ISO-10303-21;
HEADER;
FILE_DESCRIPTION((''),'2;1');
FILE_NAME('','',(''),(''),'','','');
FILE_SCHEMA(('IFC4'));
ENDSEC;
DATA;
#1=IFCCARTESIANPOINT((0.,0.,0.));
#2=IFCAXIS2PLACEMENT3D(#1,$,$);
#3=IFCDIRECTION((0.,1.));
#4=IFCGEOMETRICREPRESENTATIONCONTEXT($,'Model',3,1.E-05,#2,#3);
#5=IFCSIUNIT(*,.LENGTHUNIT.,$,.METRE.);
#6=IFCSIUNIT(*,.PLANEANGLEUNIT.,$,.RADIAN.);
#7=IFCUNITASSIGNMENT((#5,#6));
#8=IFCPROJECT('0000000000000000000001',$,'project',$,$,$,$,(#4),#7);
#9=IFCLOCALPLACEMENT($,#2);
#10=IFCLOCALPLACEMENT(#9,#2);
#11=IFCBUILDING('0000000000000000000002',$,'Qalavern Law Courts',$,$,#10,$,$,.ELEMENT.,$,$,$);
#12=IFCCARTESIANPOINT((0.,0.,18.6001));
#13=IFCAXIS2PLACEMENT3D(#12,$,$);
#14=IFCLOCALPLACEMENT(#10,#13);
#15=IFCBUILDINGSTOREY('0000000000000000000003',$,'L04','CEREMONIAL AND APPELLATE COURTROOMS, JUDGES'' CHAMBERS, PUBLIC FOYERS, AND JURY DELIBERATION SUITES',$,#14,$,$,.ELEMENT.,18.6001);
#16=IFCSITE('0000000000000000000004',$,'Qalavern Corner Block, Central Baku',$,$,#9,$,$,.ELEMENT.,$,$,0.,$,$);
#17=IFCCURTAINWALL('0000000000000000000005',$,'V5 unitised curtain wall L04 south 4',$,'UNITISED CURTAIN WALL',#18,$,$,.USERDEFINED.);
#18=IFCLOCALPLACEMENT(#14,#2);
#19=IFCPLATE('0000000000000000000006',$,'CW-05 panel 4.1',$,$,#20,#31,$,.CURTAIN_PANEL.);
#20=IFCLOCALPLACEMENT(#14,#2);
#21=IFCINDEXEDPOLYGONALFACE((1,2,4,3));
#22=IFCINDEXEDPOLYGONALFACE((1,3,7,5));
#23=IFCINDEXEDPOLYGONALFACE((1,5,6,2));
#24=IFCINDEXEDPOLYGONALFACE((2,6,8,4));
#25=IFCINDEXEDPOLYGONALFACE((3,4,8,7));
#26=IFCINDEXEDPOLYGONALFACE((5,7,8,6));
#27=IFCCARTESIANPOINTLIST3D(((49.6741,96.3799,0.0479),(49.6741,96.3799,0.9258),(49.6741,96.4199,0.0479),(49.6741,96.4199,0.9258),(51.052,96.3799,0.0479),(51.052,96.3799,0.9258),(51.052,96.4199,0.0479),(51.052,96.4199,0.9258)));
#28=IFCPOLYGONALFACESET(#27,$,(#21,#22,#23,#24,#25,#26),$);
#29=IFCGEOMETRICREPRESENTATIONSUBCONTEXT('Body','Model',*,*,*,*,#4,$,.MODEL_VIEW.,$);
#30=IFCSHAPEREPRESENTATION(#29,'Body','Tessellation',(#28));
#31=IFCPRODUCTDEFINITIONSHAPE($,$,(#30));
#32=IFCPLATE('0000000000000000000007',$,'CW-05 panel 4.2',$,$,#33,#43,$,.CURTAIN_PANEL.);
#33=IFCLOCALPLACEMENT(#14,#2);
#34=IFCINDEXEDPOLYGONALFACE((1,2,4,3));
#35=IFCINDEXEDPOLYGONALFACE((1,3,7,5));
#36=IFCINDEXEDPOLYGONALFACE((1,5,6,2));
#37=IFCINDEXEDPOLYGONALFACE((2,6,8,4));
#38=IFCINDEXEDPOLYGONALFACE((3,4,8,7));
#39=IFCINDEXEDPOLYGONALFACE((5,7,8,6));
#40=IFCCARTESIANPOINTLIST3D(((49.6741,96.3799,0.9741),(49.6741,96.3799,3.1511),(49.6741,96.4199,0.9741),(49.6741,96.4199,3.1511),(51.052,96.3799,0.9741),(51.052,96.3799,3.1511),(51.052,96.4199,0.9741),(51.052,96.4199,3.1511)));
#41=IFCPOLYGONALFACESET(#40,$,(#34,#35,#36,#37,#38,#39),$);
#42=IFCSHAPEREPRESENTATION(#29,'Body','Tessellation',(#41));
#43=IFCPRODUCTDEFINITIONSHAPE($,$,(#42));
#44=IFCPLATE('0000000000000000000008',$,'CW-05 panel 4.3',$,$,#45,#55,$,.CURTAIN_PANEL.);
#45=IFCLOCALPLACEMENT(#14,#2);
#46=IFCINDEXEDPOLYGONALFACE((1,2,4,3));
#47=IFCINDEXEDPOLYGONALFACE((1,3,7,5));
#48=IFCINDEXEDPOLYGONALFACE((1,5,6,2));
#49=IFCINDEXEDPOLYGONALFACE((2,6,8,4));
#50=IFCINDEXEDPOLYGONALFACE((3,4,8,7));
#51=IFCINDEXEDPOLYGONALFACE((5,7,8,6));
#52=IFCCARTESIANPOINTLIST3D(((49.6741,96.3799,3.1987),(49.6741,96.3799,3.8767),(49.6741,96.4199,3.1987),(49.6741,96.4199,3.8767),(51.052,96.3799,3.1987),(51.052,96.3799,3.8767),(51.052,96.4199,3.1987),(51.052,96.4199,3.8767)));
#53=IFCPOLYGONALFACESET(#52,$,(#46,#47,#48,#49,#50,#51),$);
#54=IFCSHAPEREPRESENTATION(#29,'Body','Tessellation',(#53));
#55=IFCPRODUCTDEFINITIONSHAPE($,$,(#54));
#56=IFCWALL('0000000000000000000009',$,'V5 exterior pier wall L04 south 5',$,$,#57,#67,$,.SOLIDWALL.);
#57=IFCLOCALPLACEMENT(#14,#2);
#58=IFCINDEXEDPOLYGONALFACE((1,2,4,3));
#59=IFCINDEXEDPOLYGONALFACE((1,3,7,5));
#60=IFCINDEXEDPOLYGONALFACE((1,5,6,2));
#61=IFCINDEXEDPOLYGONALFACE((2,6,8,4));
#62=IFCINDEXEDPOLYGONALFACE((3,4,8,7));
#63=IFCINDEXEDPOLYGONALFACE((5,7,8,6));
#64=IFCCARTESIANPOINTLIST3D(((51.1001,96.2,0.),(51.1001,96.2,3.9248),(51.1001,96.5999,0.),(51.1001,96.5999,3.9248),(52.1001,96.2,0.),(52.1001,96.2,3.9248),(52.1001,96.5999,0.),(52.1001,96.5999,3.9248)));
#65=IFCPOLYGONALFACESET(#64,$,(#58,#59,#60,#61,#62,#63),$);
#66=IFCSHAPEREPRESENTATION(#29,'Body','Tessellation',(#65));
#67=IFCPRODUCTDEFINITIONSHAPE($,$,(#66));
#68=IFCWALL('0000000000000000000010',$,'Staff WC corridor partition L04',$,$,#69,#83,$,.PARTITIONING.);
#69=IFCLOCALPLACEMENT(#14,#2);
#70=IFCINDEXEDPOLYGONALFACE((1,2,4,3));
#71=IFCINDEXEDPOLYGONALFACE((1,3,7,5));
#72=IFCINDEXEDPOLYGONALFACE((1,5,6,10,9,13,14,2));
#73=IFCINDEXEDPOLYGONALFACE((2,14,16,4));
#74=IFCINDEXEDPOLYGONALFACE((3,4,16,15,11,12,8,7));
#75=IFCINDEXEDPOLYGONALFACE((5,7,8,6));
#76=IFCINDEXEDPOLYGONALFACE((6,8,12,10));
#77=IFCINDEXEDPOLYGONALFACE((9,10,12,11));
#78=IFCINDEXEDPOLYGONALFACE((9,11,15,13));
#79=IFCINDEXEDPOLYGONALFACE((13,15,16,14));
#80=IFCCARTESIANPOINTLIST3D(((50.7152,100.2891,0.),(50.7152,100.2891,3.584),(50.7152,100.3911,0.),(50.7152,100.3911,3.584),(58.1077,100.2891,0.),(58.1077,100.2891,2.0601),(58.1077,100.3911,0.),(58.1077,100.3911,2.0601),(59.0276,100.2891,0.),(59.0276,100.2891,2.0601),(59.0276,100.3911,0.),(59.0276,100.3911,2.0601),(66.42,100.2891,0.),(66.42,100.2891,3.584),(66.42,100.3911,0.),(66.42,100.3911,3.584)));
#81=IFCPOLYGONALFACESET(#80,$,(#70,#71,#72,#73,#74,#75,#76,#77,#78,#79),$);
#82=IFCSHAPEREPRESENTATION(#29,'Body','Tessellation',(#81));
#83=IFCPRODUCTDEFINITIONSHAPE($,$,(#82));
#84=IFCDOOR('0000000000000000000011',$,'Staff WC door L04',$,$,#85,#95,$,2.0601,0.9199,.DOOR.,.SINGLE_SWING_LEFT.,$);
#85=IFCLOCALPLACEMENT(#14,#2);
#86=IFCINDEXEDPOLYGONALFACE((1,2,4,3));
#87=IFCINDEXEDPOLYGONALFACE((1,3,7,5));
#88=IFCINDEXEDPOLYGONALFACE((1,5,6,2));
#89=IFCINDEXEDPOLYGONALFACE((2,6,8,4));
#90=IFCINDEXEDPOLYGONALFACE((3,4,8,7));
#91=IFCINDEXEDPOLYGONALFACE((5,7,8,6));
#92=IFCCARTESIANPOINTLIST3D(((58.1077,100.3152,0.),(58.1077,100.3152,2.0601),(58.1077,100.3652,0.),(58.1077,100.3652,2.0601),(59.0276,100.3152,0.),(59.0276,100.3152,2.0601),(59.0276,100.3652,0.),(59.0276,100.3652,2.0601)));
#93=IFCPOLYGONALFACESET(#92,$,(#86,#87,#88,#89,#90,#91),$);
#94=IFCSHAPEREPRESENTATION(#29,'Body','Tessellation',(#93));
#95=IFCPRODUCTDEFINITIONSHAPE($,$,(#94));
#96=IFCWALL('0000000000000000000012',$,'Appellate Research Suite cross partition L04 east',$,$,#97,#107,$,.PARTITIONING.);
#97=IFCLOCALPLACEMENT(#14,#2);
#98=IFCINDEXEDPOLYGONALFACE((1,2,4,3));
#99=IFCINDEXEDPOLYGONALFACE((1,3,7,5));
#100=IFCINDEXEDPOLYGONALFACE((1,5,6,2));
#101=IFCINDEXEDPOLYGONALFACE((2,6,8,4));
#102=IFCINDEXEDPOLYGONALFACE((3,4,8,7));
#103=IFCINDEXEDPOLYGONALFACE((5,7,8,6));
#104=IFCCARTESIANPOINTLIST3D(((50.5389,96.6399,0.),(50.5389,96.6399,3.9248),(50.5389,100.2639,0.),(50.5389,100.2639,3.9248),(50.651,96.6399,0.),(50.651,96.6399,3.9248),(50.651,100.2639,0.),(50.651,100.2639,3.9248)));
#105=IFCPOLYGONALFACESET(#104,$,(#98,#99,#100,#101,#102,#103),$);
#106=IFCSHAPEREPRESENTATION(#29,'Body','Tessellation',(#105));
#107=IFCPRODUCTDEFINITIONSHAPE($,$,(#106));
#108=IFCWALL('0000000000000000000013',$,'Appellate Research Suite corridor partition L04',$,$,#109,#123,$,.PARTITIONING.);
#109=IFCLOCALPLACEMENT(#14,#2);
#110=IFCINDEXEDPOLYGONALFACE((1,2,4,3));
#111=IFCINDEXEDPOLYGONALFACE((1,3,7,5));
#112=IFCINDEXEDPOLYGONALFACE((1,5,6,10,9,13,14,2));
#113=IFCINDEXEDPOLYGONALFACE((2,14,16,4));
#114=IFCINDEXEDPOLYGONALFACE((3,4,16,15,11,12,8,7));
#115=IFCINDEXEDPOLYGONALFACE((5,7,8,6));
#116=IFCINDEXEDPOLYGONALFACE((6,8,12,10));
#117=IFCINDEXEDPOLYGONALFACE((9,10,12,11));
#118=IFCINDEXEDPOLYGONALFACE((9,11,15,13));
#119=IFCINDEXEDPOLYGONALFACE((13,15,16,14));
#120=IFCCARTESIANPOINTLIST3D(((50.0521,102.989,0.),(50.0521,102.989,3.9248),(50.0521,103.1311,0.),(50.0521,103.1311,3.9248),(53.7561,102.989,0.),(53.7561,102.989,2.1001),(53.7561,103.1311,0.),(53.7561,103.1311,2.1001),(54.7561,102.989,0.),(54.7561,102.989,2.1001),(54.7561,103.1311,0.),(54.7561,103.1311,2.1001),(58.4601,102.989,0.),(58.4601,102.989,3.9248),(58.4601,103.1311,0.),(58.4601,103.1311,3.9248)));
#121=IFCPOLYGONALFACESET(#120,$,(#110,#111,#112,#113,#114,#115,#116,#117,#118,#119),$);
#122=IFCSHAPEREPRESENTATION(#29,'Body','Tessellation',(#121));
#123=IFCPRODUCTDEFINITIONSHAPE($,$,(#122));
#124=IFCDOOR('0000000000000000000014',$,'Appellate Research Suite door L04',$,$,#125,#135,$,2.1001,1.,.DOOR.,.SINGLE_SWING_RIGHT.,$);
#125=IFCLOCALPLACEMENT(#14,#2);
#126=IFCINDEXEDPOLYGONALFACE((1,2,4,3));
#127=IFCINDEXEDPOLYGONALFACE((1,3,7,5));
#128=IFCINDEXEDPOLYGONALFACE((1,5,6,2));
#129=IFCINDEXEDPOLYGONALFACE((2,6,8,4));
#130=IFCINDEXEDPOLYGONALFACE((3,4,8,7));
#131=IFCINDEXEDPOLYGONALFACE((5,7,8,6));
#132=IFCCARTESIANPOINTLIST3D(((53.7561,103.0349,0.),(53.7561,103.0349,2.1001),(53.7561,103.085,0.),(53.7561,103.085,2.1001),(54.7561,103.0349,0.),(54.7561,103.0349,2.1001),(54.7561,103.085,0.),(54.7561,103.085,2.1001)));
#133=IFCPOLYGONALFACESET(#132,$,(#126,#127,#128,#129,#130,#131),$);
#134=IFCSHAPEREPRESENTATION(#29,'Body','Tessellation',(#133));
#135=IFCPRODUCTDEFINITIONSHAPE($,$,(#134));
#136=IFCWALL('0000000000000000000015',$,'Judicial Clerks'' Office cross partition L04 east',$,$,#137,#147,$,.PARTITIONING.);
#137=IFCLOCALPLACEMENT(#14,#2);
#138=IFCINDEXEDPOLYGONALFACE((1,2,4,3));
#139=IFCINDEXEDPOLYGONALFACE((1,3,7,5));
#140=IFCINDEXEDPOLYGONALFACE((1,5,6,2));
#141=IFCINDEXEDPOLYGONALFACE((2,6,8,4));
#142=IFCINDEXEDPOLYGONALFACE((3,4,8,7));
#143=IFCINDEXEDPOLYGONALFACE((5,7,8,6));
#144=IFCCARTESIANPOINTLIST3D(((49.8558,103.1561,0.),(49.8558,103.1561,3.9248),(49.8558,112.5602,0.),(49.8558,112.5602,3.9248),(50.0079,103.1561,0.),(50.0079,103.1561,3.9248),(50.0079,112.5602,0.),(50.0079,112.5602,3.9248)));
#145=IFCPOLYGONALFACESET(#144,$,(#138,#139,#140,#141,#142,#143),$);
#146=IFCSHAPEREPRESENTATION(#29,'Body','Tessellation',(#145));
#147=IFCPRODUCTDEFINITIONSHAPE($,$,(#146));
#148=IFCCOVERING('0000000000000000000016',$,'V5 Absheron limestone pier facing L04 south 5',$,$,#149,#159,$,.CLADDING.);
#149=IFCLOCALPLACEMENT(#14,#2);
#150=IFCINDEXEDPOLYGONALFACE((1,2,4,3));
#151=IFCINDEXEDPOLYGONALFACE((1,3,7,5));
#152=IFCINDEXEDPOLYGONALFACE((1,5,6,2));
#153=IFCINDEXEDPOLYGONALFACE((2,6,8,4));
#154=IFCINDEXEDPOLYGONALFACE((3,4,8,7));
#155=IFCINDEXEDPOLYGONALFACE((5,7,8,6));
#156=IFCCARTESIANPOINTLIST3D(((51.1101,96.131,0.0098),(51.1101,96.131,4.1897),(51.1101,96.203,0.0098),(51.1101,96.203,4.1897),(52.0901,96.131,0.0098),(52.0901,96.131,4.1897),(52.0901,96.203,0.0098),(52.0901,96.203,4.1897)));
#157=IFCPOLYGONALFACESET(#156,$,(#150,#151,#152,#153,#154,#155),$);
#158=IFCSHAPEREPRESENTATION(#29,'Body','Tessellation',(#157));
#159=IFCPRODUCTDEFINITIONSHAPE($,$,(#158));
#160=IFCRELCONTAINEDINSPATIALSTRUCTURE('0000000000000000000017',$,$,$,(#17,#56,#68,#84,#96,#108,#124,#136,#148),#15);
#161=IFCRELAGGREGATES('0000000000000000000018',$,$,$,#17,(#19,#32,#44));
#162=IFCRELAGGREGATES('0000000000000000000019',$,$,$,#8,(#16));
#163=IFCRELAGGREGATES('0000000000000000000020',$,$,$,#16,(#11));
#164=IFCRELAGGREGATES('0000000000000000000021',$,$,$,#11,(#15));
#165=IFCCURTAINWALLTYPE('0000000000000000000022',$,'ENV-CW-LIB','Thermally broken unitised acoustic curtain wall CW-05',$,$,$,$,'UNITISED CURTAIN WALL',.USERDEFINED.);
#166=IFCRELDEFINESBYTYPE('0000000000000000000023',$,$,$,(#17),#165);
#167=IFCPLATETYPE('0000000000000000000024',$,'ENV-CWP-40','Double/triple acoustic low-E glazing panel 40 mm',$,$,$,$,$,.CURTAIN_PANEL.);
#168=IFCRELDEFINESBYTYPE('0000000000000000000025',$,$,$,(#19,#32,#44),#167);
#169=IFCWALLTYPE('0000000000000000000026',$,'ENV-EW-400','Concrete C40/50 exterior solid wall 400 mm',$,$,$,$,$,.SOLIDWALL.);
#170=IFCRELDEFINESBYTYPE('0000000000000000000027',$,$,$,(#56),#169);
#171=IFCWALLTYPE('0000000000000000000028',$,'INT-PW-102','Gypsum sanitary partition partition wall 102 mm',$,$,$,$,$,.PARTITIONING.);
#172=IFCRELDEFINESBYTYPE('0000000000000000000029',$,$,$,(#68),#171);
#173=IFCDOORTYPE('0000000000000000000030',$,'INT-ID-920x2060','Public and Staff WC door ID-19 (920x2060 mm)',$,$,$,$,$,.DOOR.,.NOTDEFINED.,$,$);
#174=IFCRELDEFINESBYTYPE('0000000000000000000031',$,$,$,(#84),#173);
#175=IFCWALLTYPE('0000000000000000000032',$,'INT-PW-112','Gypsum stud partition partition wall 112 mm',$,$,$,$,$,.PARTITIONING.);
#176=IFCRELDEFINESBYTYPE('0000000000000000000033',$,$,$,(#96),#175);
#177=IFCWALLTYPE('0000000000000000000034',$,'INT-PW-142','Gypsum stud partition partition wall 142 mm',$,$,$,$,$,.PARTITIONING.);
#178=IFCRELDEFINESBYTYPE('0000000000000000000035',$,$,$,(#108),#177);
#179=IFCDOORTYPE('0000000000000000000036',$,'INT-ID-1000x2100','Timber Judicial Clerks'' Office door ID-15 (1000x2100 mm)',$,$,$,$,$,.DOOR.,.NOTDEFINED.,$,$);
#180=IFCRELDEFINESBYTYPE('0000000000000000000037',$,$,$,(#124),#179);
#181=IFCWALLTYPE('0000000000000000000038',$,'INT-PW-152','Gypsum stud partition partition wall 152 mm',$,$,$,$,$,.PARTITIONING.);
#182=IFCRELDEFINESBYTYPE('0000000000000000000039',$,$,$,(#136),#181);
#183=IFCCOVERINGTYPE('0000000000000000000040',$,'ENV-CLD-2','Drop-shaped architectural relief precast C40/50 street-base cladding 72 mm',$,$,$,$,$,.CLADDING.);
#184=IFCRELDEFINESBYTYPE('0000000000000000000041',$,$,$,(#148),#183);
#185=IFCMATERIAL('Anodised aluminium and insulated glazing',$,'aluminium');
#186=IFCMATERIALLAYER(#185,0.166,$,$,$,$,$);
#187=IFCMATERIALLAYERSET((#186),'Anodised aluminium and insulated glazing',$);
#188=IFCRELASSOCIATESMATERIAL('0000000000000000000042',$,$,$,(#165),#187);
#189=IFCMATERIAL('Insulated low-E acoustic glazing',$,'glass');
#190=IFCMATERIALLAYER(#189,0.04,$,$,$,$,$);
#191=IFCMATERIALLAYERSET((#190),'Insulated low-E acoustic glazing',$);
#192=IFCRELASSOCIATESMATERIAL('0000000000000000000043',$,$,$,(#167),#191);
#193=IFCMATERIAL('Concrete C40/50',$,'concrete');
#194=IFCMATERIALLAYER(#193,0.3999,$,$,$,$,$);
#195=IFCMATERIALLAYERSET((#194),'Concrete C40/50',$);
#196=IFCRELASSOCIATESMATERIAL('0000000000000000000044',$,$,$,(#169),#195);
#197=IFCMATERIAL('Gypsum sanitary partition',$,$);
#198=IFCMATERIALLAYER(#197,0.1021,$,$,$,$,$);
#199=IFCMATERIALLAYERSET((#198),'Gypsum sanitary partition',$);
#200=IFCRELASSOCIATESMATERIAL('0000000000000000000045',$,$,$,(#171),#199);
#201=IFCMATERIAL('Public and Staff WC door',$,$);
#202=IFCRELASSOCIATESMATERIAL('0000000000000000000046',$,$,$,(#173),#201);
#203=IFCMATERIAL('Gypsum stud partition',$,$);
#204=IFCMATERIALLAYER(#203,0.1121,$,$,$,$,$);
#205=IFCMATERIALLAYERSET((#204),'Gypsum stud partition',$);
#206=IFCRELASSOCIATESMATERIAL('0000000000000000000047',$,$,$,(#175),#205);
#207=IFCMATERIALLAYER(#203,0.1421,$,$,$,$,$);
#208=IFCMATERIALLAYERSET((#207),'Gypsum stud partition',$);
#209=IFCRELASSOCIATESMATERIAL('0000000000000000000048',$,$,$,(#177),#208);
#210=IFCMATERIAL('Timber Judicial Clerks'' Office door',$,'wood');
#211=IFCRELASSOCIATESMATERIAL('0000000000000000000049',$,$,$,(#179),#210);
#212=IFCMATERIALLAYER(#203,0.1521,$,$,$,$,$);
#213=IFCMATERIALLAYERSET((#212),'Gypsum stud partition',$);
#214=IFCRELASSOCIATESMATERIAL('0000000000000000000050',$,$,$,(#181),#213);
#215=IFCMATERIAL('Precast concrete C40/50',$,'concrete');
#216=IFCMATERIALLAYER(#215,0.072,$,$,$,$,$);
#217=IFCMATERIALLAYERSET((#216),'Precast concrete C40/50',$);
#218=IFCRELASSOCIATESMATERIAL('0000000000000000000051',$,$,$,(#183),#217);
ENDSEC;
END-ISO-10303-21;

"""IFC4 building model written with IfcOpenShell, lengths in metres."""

from ifc_helpers import new_model, si_unit, direction, frame, frame_2d, origin, origin_2d, place, context, subcontext, project, spatial, rectangle, extrude, material, layer, layer_set, type_object, element, fill, aggregate, save


model = new_model("IFC4")

# Units and contexts
model_context = context("Model", 3, precision=1e-05, world=origin(), true_north=direction((0.0, 1.0)))
body_context = subcontext(model_context, "Body", "Model", "MODEL_VIEW")
ifc_project = project(units=[si_unit("LENGTHUNIT", "METRE"), si_unit("PLANEANGLEUNIT", "RADIAN")], contexts=[model_context])

# Site, building, storey
site_placement = place(None, origin())
site = spatial("IfcSite", under=ifc_project, at=site_placement, Name="Qalavern Corner Block, Central Baku", CompositionType="ELEMENT", RefElevation=0.0)
building_placement = place(site_placement, origin())
building = spatial("IfcBuilding", under=site, at=building_placement, Name="Qalavern Law Courts", CompositionType="ELEMENT")
storey_placement = place(building_placement, frame((0.0, 0.0, 18.6001)))
storey = spatial("IfcBuildingStorey", under=building, at=storey_placement, Name="L04", Description="CEREMONIAL AND APPELLATE COURTROOMS, JUDGES' CHAMBERS, PUBLIC FOYERS, AND JURY DELIBERATION SUITES", CompositionType="ELEMENT", Elevation=18.6001)

# Curtain wall
ifc_material_1 = material(Name="Anodised aluminium and insulated glazing", Category="aluminium")
ifc_layer_1 = layer(ifc_material_1, 0.166)
ifc_layer_set_1 = layer_set([ifc_layer_1], Name="Anodised aluminium and insulated glazing")
curtain_wall_type = type_object("IfcCurtainWallType", Name="ENV-CW-LIB", Description="Thermally broken unitised acoustic curtain wall CW-05", ElementType="UNITISED CURTAIN WALL", PredefinedType="USERDEFINED", material=ifc_layer_set_1)
curtain_wall_1_placement = place(storey_placement, origin())
curtain_wall_1 = element("IfcCurtainWall", 1, at=curtain_wall_1_placement, inside=storey, type_object=curtain_wall_type, Name="V5 unitised curtain wall L04 south 4", ObjectType="UNITISED CURTAIN WALL", PredefinedType="USERDEFINED")

# Shared definitions
ifc_material_2 = material(Name="Concrete C40/50", Category="concrete")

# Plates
ifc_material_3 = material(Name="Insulated low-E acoustic glazing", Category="glass")
ifc_layer_2 = layer(ifc_material_3, 0.04)
ifc_layer_set_2 = layer_set([ifc_layer_2], Name="Insulated low-E acoustic glazing")
plate_type = type_object("IfcPlateType", Name="ENV-CWP-40", Description="Double/triple acoustic low-E glazing panel 40 mm", PredefinedType="CURTAIN_PANEL", material=ifc_layer_set_2)
plate_1_placement = place(storey_placement, frame((50.363, 96.3999, 0.0479), z_axis=(0.0, 0.0, 1.0), x_axis=(1.0, 0.0, 0.0)))
plate_1 = element("IfcPlate", 2, at=plate_1_placement, type_object=plate_type, Name="CW-05 panel 4.1", PredefinedType="CURTAIN_PANEL", context=body_context, shape_type="SweptSolid", body=[
    extrude(rectangle(XDim=1.3779, YDim=0.04, at=origin_2d()), origin(), (0.0, 0.0, 1.0), 0.8779),
])
plate_2_placement = place(storey_placement, frame((50.363, 96.3999, 0.9741), z_axis=(0.0, 0.0, 1.0), x_axis=(1.0, 0.0, 0.0)))
plate_2 = element("IfcPlate", 3, at=plate_2_placement, type_object=plate_type, Name="CW-05 panel 4.2", PredefinedType="CURTAIN_PANEL", context=body_context, shape_type="SweptSolid", body=[
    extrude(rectangle(XDim=1.3779, YDim=0.04, at=origin_2d()), origin(), (0.0, 0.0, 1.0), 2.177),
])
plate_3_placement = place(storey_placement, frame((50.363, 96.3999, 3.1987), z_axis=(0.0, 0.0, 1.0), x_axis=(1.0, 0.0, 0.0)))
plate_3 = element("IfcPlate", 4, at=plate_3_placement, type_object=plate_type, Name="CW-05 panel 4.3", PredefinedType="CURTAIN_PANEL", context=body_context, shape_type="SweptSolid", body=[
    extrude(rectangle(XDim=1.3779, YDim=0.04, at=origin_2d()), origin(), (0.0, 0.0, 1.0), 0.678),
])
aggregate(curtain_wall_1, [plate_1, plate_2, plate_3])

# Wall
ifc_layer_3 = layer(ifc_material_2, 0.3999)
ifc_layer_set_3 = layer_set([ifc_layer_3], Name="Concrete C40/50")
wall_type_1 = type_object("IfcWallType", Name="ENV-EW-400", Description="Concrete C40/50 exterior solid wall 400 mm", PredefinedType="SOLIDWALL", material=ifc_layer_set_3)
wall_1_placement = place(storey_placement, frame((51.1001, 96.3999, 0.0), z_axis=(0.0, 0.0, 1.0), x_axis=(1.0, 0.0, 0.0)))
element("IfcWall", 5, at=wall_1_placement, inside=storey, type_object=wall_type_1, Name="V5 exterior pier wall L04 south 5", PredefinedType="SOLIDWALL", context=body_context, shape_type="SweptSolid", body=[
    extrude(rectangle(XDim=1.0, YDim=0.3999, at=frame_2d((0.5, 0.0))), origin(), (0.0, 0.0, 1.0), 3.9248),
])

# Wall, opening, door
ifc_material_4 = material(Name="Gypsum sanitary partition")
ifc_layer_4 = layer(ifc_material_4, 0.1021)
ifc_layer_set_4 = layer_set([ifc_layer_4], Name="Gypsum sanitary partition")
wall_type_2 = type_object("IfcWallType", Name="INT-PW-102", Description="Gypsum sanitary partition partition wall 102 mm", PredefinedType="PARTITIONING", material=ifc_layer_set_4)
wall_2_placement = place(storey_placement, frame((50.7151, 100.3401, 0.0), z_axis=(0.0, 0.0, 1.0), x_axis=(1.0, 0.0, 0.0)))
wall_2 = element("IfcWall", 6, at=wall_2_placement, inside=storey, type_object=wall_type_2, Name="Staff WC corridor partition L04", PredefinedType="PARTITIONING", context=body_context, shape_type="SweptSolid", body=[
    extrude(rectangle(XDim=15.7048, YDim=0.1021, at=frame_2d((7.8525, 0.0))), origin(), (0.0, 0.0, 1.0), 3.584),
])
opening_1_placement = place(wall_2_placement, frame((7.3926, 0.0, 0.0)))
opening_1 = element("IfcOpeningElement", 7, at=opening_1_placement, cuts=wall_2, PredefinedType="OPENING", context=body_context, shape_type="SweptSolid", body=[
    extrude(rectangle(XDim=0.9199, YDim=2.0601, at=frame_2d((0.46, 1.03))), frame((0.0, 0.0659, 0.0), z_axis=(0.0, -1.0, 0.0), x_axis=(1.0, 0.0, 0.0)), (0.0, 0.0, 1.0), 0.1318),
])
ifc_material_5 = material(Name="Public and Staff WC door")
door_type_1 = type_object("IfcDoorType", Name="INT-ID-920x2060", Description="Public and Staff WC door ID-19 (920x2060 mm)", OperationType="NOTDEFINED", PredefinedType="DOOR", material=ifc_material_5)
door_1_placement = place(opening_1_placement, frame((0.9199, 0.0, 0.0), z_axis=(0.0, 0.0, 1.0), x_axis=(-1.0, 0.0, 0.0)))
door_1 = element("IfcDoor", 8, at=door_1_placement, inside=storey, type_object=door_type_1, Name="Staff WC door L04", OperationType="SINGLE_SWING_LEFT", OverallHeight=2.0601, OverallWidth=0.9199, PredefinedType="DOOR", context=body_context, shape_type="SweptSolid", body=[
    extrude(rectangle(XDim=0.9199, YDim=2.0601, at=frame_2d((0.46, 1.03))), frame((0.0, 0.0249, 0.0), z_axis=(0.0, -1.0, 0.0), x_axis=(1.0, 0.0, 0.0)), (0.0, 0.0, 1.0), 0.05),
])
fill(opening_1, door_1)

# Wall
ifc_material_6 = material(Name="Gypsum stud partition")
ifc_layer_5 = layer(ifc_material_6, 0.1121)
ifc_layer_set_5 = layer_set([ifc_layer_5], Name="Gypsum stud partition")
wall_type_3 = type_object("IfcWallType", Name="INT-PW-112", Description="Gypsum stud partition partition wall 112 mm", PredefinedType="PARTITIONING", material=ifc_layer_set_5)
wall_3_placement = place(storey_placement, frame((50.595, 96.6399, 0.0), z_axis=(0.0, 0.0, 1.0), x_axis=(0.0, 1.0, 0.0)))
element("IfcWall", 9, at=wall_3_placement, inside=storey, type_object=wall_type_3, Name="Appellate Research Suite cross partition L04 east", PredefinedType="PARTITIONING", context=body_context, shape_type="SweptSolid", body=[
    extrude(rectangle(XDim=3.624, YDim=0.1121, at=frame_2d((1.812, 0.0))), origin(), (0.0, 0.0, 1.0), 3.9248),
])

# Wall, opening, door
ifc_layer_6 = layer(ifc_material_6, 0.1421)
ifc_layer_set_6 = layer_set([ifc_layer_6], Name="Gypsum stud partition")
wall_type_4 = type_object("IfcWallType", Name="INT-PW-142", Description="Gypsum stud partition partition wall 142 mm", PredefinedType="PARTITIONING", material=ifc_layer_set_6)
wall_4_placement = place(storey_placement, frame((50.052, 103.0601, 0.0), z_axis=(0.0, 0.0, 1.0), x_axis=(1.0, 0.0, 0.0)))
wall_4 = element("IfcWall", 10, at=wall_4_placement, inside=storey, type_object=wall_type_4, Name="Appellate Research Suite corridor partition L04", PredefinedType="PARTITIONING", context=body_context, shape_type="SweptSolid", body=[
    extrude(rectangle(XDim=8.408, YDim=0.1421, at=frame_2d((4.2041, 0.0))), origin(), (0.0, 0.0, 1.0), 3.9248),
])
opening_2_placement = place(wall_4_placement, frame((3.7041, 0.0, 0.0)))
opening_2 = element("IfcOpeningElement", 11, at=opening_2_placement, cuts=wall_4, PredefinedType="OPENING", context=body_context, shape_type="SweptSolid", body=[
    extrude(rectangle(XDim=1.0, YDim=2.1001, at=frame_2d((0.5, 1.05))), frame((0.0, 0.0859, 0.0), z_axis=(0.0, -1.0, 0.0), x_axis=(1.0, 0.0, 0.0)), (0.0, 0.0, 1.0), 0.1719),
])
ifc_material_7 = material(Name="Timber Judicial Clerks' Office door", Category="wood")
door_type_2 = type_object("IfcDoorType", Name="INT-ID-1000x2100", Description="Timber Judicial Clerks' Office door ID-15 (1000x2100 mm)", OperationType="NOTDEFINED", PredefinedType="DOOR", material=ifc_material_7)
door_2_placement = place(opening_2_placement, origin())
door_2 = element("IfcDoor", 12, at=door_2_placement, inside=storey, type_object=door_type_2, Name="Appellate Research Suite door L04", OperationType="SINGLE_SWING_RIGHT", OverallHeight=2.1001, OverallWidth=1.0, PredefinedType="DOOR", context=body_context, shape_type="SweptSolid", body=[
    extrude(rectangle(XDim=1.0, YDim=2.1001, at=frame_2d((0.5, 1.05))), frame((0.0, 0.0249, 0.0), z_axis=(0.0, -1.0, 0.0), x_axis=(1.0, 0.0, 0.0)), (0.0, 0.0, 1.0), 0.05),
])
fill(opening_2, door_2)

# Wall
ifc_layer_7 = layer(ifc_material_6, 0.1521)
ifc_layer_set_7 = layer_set([ifc_layer_7], Name="Gypsum stud partition")
wall_type_5 = type_object("IfcWallType", Name="INT-PW-152", Description="Gypsum stud partition partition wall 152 mm", PredefinedType="PARTITIONING", material=ifc_layer_set_7)
wall_5_placement = place(storey_placement, frame((49.9319, 103.156, 0.0), z_axis=(0.0, 0.0, 1.0), x_axis=(0.0, 1.0, 0.0)))
element("IfcWall", 13, at=wall_5_placement, inside=storey, type_object=wall_type_5, Name="Judicial Clerks' Office cross partition L04 east", PredefinedType="PARTITIONING", context=body_context, shape_type="SweptSolid", body=[
    extrude(rectangle(XDim=9.4041, YDim=0.1521, at=frame_2d((4.7021, 0.0))), origin(), (0.0, 0.0, 1.0), 3.9248),
])

# Covering
ifc_material_8 = material(Name="Precast concrete C40/50", Category="concrete")
ifc_layer_8 = layer(ifc_material_8, 0.072)
ifc_layer_set_8 = layer_set([ifc_layer_8], Name="Precast concrete C40/50")
covering_type = type_object("IfcCoveringType", Name="ENV-CLD-2", Description="Drop-shaped architectural relief precast C40/50 street-base cladding 72 mm", PredefinedType="CLADDING", material=ifc_layer_set_8)
covering_placement = place(storey_placement, frame((51.6001, 96.167, 0.0098), z_axis=(0.0, 0.0, 1.0), x_axis=(1.0, 0.0, 0.0)))
element("IfcCovering", 14, at=covering_placement, inside=storey, type_object=covering_type, Name="V5 Absheron limestone pier facing L04 south 5", PredefinedType="CLADDING", context=body_context, shape_type="SweptSolid", body=[
    extrude(rectangle(XDim=0.98, YDim=0.072, at=origin_2d()), origin(), (0.0, 0.0, 1.0), 4.1799),
])

save(model, "model.ifc")
